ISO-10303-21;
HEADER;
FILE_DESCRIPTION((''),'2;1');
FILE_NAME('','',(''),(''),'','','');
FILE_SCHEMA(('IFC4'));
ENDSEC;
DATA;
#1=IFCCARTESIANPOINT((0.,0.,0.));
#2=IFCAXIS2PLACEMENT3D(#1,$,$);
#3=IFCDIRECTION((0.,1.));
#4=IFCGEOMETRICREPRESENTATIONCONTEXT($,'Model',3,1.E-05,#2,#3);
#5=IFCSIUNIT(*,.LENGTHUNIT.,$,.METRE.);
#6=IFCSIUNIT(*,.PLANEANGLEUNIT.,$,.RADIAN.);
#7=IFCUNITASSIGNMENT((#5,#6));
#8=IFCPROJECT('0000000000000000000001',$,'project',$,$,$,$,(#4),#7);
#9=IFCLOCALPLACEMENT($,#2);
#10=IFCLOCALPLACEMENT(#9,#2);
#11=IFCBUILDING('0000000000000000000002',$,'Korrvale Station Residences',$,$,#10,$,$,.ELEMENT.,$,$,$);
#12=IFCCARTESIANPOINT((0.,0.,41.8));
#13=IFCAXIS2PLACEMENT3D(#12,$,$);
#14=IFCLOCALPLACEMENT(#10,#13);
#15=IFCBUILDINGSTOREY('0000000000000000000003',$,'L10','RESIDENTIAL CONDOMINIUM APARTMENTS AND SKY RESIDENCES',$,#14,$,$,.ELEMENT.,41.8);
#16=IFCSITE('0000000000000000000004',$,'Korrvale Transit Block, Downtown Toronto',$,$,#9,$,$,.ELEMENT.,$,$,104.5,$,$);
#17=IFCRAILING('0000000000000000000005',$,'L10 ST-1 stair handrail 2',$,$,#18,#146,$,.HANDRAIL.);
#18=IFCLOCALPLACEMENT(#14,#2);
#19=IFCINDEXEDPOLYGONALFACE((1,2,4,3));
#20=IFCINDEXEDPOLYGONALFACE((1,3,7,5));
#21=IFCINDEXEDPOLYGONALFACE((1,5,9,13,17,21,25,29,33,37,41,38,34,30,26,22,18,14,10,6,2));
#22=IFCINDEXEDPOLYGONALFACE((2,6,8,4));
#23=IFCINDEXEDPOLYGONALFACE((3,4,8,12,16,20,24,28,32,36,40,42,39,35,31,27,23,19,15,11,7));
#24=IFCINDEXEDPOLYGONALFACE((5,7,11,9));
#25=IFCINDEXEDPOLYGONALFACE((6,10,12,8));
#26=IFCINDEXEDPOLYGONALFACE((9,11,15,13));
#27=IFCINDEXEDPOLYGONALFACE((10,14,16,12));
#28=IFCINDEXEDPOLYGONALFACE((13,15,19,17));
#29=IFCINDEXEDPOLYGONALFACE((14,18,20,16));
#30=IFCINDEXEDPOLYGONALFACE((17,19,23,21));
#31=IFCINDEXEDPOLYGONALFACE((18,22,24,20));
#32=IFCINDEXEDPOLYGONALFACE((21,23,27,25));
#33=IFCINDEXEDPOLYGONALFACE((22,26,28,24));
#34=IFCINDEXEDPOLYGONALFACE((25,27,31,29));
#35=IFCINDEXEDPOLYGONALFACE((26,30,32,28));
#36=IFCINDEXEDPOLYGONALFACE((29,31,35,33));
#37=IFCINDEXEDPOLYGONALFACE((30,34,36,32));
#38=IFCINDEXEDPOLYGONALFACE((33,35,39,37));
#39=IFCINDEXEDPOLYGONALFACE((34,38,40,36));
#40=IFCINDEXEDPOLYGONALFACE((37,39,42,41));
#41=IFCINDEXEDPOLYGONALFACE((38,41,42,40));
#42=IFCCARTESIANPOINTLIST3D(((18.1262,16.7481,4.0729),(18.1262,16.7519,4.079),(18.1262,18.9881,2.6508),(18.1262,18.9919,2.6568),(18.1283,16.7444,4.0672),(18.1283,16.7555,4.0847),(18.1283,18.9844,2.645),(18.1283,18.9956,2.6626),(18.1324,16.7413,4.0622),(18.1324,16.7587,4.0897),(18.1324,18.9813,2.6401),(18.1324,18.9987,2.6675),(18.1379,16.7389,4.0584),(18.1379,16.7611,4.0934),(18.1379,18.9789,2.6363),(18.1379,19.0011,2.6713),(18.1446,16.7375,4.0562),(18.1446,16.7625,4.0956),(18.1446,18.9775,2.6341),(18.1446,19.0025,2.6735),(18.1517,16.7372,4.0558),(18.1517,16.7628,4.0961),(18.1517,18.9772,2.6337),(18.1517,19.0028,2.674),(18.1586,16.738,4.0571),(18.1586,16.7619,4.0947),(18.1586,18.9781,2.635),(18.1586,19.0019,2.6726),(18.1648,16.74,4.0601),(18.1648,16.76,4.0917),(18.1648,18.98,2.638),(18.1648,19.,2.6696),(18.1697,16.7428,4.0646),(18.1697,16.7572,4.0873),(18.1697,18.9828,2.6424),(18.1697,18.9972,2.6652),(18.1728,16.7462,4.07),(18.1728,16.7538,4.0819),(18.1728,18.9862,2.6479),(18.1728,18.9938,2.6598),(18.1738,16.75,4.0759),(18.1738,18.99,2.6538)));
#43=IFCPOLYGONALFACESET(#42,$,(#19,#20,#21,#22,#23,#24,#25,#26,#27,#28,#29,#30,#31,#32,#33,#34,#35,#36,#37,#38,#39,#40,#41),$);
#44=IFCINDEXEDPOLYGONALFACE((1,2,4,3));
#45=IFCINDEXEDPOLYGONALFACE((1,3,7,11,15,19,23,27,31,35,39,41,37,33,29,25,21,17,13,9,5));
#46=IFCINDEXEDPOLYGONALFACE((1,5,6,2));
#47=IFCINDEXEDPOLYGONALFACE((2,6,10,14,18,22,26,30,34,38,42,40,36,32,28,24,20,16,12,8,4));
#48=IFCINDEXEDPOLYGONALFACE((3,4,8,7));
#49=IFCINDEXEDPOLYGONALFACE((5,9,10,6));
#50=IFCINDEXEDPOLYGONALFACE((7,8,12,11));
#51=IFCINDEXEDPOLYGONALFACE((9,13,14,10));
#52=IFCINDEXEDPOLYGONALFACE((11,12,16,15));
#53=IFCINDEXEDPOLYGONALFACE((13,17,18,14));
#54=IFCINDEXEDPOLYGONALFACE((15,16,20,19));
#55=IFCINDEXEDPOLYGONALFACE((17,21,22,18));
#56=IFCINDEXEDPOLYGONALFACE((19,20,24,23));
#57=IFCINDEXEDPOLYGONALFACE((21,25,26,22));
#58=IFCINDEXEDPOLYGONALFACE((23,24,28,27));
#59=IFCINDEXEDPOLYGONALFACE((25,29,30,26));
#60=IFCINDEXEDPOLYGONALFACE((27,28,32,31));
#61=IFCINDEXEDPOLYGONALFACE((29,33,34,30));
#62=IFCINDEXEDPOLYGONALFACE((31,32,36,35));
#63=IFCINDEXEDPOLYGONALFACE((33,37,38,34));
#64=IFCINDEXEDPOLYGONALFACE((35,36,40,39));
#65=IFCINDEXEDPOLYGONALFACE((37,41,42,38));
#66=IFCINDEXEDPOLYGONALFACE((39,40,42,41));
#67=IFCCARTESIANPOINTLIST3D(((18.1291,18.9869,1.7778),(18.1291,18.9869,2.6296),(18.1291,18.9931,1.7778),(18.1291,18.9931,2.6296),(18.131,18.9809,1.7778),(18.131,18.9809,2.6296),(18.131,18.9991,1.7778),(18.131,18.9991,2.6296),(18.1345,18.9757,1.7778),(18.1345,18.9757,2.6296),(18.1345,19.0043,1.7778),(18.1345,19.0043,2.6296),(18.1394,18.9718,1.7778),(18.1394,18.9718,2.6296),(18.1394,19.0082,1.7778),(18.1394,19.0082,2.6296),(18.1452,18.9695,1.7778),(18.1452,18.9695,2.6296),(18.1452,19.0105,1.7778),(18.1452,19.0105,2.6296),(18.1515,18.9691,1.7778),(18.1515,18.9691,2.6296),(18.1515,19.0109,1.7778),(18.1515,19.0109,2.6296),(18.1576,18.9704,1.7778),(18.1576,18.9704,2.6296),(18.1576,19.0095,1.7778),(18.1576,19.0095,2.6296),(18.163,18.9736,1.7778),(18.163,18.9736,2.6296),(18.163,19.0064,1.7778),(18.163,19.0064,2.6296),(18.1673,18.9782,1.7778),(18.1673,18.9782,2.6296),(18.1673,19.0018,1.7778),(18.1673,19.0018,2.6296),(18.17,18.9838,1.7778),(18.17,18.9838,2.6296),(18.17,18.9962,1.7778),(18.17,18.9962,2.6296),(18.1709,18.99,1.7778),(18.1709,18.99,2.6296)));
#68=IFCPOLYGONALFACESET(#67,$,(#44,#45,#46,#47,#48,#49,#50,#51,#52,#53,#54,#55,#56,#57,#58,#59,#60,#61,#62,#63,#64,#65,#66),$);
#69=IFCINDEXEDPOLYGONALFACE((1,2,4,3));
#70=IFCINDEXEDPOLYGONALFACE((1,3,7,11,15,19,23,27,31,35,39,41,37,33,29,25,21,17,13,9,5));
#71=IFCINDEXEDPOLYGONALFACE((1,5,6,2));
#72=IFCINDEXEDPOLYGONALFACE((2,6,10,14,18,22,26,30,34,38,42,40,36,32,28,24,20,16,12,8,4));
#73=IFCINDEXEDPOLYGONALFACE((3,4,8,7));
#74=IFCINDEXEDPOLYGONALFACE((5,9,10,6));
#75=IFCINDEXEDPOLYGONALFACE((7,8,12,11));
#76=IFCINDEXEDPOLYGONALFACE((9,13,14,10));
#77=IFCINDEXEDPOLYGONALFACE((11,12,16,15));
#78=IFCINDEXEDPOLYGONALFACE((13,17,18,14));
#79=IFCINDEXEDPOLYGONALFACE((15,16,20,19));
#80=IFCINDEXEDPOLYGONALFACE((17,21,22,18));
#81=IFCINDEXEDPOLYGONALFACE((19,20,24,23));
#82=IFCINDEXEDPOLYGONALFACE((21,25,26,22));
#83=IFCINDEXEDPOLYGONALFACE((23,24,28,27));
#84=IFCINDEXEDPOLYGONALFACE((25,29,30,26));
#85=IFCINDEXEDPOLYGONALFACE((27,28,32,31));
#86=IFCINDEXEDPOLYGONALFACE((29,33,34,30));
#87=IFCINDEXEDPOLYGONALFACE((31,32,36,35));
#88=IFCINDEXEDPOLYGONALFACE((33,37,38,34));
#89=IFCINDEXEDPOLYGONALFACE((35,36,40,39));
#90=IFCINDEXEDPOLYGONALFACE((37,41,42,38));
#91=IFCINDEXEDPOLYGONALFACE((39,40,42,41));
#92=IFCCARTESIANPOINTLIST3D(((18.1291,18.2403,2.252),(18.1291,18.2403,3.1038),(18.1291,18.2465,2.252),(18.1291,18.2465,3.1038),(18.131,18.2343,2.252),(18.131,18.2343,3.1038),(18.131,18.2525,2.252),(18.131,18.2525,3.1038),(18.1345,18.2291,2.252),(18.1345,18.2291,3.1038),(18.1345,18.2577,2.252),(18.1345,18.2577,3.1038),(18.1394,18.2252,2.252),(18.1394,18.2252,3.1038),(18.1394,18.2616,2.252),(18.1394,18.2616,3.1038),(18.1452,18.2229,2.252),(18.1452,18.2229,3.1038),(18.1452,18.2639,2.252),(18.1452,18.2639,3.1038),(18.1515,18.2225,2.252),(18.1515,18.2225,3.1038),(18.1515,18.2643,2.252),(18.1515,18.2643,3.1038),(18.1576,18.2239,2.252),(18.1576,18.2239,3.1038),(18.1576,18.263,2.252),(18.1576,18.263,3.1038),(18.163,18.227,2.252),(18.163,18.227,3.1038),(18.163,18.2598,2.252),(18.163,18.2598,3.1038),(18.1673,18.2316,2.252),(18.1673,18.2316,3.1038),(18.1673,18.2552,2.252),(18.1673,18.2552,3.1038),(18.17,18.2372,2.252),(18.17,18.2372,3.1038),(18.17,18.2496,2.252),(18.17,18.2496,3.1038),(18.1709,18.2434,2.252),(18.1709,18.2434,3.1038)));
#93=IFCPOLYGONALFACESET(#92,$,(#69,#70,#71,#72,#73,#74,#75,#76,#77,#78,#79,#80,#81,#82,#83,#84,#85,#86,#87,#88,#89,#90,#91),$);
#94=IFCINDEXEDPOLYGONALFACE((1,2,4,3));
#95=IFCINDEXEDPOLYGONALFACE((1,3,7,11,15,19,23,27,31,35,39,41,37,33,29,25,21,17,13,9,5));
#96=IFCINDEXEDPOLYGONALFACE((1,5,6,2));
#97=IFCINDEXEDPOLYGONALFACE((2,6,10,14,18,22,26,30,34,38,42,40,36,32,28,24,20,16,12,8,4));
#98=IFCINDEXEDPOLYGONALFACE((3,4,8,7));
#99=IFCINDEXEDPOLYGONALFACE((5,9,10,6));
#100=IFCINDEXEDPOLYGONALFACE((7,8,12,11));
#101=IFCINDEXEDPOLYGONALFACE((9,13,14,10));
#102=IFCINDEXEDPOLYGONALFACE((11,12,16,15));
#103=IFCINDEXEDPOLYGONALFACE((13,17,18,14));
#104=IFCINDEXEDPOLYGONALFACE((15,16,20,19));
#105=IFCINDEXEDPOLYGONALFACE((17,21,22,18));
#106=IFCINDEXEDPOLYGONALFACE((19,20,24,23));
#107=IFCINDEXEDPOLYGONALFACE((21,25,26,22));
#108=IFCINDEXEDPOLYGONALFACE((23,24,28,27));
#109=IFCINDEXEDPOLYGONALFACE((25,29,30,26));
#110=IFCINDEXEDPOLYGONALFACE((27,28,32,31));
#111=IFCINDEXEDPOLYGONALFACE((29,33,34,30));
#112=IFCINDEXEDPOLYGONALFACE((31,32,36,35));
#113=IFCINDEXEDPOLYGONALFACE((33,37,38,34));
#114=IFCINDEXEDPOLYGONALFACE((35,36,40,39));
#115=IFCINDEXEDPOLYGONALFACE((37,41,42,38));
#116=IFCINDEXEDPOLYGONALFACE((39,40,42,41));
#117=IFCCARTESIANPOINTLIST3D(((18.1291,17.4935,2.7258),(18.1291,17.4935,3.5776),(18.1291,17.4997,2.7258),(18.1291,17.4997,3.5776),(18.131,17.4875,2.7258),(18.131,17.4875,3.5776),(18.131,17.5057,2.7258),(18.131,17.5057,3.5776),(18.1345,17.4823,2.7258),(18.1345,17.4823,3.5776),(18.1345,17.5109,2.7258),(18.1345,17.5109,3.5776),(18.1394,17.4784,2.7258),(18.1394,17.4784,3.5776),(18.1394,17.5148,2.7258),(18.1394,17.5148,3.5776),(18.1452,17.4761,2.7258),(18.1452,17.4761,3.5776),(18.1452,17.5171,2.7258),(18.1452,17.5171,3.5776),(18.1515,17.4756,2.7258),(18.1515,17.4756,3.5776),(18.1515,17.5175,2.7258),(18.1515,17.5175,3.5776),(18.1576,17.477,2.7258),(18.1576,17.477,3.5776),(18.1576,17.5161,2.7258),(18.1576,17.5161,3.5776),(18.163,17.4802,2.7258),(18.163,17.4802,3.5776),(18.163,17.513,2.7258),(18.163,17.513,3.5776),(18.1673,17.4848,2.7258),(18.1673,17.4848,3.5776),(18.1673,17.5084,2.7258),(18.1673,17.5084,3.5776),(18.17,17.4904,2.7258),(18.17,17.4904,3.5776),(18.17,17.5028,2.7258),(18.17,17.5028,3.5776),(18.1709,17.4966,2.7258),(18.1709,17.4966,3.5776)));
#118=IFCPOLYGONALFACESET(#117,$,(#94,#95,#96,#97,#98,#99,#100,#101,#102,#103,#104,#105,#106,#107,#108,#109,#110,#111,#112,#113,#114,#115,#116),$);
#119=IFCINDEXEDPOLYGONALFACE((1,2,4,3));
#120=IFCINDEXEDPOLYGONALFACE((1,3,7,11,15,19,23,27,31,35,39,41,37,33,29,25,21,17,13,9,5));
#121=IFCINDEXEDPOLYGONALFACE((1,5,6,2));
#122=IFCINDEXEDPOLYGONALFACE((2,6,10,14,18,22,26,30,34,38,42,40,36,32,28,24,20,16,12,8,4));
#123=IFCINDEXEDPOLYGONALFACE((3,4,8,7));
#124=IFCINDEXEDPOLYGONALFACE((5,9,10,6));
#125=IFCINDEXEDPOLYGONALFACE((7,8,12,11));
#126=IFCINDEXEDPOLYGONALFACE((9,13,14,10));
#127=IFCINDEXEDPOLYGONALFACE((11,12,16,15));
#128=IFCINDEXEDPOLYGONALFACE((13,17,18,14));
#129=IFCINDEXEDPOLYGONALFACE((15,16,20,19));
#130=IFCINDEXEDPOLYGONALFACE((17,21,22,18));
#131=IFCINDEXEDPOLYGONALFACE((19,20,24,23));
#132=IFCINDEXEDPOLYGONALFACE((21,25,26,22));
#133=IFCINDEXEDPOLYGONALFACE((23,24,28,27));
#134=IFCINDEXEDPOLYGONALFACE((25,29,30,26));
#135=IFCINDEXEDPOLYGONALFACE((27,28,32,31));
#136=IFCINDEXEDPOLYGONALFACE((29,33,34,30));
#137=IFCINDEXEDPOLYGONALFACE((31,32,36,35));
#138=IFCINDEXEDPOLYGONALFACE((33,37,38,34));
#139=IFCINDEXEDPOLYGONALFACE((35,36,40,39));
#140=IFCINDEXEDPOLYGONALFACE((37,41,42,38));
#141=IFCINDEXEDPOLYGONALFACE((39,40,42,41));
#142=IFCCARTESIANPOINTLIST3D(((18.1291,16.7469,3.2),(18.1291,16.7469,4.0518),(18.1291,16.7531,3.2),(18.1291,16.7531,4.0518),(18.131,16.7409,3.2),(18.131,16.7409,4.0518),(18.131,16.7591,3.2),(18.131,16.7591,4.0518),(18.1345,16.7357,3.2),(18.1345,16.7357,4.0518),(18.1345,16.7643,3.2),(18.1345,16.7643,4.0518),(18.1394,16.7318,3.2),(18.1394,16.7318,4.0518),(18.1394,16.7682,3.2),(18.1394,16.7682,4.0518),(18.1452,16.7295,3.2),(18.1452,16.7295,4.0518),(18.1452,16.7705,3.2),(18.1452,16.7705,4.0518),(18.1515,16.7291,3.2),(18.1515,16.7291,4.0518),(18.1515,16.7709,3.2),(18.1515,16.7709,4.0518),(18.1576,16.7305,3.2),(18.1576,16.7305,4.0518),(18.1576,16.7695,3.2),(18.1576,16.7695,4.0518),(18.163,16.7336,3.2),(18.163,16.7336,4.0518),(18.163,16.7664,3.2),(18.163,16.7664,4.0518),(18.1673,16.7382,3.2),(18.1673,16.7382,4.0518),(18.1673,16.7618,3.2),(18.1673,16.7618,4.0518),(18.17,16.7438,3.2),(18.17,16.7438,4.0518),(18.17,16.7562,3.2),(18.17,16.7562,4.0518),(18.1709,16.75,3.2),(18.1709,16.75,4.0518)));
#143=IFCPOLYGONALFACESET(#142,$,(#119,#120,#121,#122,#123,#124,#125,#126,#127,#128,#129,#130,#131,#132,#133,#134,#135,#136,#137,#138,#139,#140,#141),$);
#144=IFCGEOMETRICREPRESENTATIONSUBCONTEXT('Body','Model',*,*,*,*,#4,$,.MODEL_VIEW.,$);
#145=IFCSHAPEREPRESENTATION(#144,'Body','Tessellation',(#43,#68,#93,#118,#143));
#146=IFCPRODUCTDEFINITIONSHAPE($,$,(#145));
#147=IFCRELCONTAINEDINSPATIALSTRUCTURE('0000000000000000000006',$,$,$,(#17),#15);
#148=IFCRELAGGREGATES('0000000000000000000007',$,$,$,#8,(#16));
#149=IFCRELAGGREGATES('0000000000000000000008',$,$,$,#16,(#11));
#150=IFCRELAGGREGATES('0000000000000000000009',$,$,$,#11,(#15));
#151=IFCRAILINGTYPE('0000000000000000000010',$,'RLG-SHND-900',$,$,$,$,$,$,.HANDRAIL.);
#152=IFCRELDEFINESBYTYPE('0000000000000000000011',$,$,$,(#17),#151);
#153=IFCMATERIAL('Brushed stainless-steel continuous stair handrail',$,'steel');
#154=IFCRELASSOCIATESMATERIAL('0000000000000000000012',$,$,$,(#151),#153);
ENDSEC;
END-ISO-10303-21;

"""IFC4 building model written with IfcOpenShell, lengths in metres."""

from ifc_helpers import new_model, si_unit, direction, frame, origin, origin_2d, place, context, subcontext, project, spatial, circle, extrude, material, type_object, element, save


model = new_model("IFC4")

# Units and contexts
model_context = context("Model", 3, precision=1e-05, world=origin(), true_north=direction((0.0, 1.0)))
body_context = subcontext(model_context, "Body", "Model", "MODEL_VIEW")
ifc_project = project(units=[si_unit("LENGTHUNIT", "METRE"), si_unit("PLANEANGLEUNIT", "RADIAN")], contexts=[model_context])

# Site, building, storey
site_placement = place(None, origin())
site = spatial("IfcSite", under=ifc_project, at=site_placement, Name="Korrvale Transit Block, Downtown Toronto", CompositionType="ELEMENT", RefElevation=104.5)
building_placement = place(site_placement, origin())
building = spatial("IfcBuilding", under=site, at=building_placement, Name="Korrvale Station Residences", CompositionType="ELEMENT")
storey_placement = place(building_placement, frame((0.0, 0.0, 41.8)))
storey = spatial("IfcBuildingStorey", under=building, at=storey_placement, Name="L10", Description="RESIDENTIAL CONDOMINIUM APARTMENTS AND SKY RESIDENCES", CompositionType="ELEMENT", Elevation=41.8)

# Railing
ifc_material_1 = material(Name="Brushed stainless-steel continuous stair handrail", Category="steel")
railing_type_1 = type_object("IfcRailingType", Name="RLG-SHND-900", PredefinedType="HANDRAIL", material=ifc_material_1)
railing_1_placement = place(storey_placement, frame((18.1499, 18.99, 1.7778)))
element("IfcRailing", 1, at=railing_1_placement, inside=storey, type_object=railing_type_1, Name="L10 ST-1 stair handrail 2", PredefinedType="HANDRAIL", context=body_context, shape_type="SweptSolid", body=[
    extrude(circle(Radius=0.0239, at=origin_2d()), frame((0.0, 0.0, 0.876), z_axis=(0.0, -0.844229, 0.535982), x_axis=(1.0, 0.0, 0.0)), (0.0, 0.0, 1.0), 2.6533),
    extrude(circle(Radius=0.021, at=origin_2d()), origin(), (0.0, 0.0, 1.0), 0.8518),
    extrude(circle(Radius=0.021, at=origin_2d()), frame((0.0, -0.7466, 0.4741)), (0.0, 0.0, 1.0), 0.8518),
    extrude(circle(Radius=0.021, at=origin_2d()), frame((0.0, -1.4934, 0.948)), (0.0, 0.0, 1.0), 0.8518),
    extrude(circle(Radius=0.021, at=origin_2d()), frame((0.0, -2.24, 1.4221)), (0.0, 0.0, 1.0), 0.8518),
])

save(model, "model.ifc")
